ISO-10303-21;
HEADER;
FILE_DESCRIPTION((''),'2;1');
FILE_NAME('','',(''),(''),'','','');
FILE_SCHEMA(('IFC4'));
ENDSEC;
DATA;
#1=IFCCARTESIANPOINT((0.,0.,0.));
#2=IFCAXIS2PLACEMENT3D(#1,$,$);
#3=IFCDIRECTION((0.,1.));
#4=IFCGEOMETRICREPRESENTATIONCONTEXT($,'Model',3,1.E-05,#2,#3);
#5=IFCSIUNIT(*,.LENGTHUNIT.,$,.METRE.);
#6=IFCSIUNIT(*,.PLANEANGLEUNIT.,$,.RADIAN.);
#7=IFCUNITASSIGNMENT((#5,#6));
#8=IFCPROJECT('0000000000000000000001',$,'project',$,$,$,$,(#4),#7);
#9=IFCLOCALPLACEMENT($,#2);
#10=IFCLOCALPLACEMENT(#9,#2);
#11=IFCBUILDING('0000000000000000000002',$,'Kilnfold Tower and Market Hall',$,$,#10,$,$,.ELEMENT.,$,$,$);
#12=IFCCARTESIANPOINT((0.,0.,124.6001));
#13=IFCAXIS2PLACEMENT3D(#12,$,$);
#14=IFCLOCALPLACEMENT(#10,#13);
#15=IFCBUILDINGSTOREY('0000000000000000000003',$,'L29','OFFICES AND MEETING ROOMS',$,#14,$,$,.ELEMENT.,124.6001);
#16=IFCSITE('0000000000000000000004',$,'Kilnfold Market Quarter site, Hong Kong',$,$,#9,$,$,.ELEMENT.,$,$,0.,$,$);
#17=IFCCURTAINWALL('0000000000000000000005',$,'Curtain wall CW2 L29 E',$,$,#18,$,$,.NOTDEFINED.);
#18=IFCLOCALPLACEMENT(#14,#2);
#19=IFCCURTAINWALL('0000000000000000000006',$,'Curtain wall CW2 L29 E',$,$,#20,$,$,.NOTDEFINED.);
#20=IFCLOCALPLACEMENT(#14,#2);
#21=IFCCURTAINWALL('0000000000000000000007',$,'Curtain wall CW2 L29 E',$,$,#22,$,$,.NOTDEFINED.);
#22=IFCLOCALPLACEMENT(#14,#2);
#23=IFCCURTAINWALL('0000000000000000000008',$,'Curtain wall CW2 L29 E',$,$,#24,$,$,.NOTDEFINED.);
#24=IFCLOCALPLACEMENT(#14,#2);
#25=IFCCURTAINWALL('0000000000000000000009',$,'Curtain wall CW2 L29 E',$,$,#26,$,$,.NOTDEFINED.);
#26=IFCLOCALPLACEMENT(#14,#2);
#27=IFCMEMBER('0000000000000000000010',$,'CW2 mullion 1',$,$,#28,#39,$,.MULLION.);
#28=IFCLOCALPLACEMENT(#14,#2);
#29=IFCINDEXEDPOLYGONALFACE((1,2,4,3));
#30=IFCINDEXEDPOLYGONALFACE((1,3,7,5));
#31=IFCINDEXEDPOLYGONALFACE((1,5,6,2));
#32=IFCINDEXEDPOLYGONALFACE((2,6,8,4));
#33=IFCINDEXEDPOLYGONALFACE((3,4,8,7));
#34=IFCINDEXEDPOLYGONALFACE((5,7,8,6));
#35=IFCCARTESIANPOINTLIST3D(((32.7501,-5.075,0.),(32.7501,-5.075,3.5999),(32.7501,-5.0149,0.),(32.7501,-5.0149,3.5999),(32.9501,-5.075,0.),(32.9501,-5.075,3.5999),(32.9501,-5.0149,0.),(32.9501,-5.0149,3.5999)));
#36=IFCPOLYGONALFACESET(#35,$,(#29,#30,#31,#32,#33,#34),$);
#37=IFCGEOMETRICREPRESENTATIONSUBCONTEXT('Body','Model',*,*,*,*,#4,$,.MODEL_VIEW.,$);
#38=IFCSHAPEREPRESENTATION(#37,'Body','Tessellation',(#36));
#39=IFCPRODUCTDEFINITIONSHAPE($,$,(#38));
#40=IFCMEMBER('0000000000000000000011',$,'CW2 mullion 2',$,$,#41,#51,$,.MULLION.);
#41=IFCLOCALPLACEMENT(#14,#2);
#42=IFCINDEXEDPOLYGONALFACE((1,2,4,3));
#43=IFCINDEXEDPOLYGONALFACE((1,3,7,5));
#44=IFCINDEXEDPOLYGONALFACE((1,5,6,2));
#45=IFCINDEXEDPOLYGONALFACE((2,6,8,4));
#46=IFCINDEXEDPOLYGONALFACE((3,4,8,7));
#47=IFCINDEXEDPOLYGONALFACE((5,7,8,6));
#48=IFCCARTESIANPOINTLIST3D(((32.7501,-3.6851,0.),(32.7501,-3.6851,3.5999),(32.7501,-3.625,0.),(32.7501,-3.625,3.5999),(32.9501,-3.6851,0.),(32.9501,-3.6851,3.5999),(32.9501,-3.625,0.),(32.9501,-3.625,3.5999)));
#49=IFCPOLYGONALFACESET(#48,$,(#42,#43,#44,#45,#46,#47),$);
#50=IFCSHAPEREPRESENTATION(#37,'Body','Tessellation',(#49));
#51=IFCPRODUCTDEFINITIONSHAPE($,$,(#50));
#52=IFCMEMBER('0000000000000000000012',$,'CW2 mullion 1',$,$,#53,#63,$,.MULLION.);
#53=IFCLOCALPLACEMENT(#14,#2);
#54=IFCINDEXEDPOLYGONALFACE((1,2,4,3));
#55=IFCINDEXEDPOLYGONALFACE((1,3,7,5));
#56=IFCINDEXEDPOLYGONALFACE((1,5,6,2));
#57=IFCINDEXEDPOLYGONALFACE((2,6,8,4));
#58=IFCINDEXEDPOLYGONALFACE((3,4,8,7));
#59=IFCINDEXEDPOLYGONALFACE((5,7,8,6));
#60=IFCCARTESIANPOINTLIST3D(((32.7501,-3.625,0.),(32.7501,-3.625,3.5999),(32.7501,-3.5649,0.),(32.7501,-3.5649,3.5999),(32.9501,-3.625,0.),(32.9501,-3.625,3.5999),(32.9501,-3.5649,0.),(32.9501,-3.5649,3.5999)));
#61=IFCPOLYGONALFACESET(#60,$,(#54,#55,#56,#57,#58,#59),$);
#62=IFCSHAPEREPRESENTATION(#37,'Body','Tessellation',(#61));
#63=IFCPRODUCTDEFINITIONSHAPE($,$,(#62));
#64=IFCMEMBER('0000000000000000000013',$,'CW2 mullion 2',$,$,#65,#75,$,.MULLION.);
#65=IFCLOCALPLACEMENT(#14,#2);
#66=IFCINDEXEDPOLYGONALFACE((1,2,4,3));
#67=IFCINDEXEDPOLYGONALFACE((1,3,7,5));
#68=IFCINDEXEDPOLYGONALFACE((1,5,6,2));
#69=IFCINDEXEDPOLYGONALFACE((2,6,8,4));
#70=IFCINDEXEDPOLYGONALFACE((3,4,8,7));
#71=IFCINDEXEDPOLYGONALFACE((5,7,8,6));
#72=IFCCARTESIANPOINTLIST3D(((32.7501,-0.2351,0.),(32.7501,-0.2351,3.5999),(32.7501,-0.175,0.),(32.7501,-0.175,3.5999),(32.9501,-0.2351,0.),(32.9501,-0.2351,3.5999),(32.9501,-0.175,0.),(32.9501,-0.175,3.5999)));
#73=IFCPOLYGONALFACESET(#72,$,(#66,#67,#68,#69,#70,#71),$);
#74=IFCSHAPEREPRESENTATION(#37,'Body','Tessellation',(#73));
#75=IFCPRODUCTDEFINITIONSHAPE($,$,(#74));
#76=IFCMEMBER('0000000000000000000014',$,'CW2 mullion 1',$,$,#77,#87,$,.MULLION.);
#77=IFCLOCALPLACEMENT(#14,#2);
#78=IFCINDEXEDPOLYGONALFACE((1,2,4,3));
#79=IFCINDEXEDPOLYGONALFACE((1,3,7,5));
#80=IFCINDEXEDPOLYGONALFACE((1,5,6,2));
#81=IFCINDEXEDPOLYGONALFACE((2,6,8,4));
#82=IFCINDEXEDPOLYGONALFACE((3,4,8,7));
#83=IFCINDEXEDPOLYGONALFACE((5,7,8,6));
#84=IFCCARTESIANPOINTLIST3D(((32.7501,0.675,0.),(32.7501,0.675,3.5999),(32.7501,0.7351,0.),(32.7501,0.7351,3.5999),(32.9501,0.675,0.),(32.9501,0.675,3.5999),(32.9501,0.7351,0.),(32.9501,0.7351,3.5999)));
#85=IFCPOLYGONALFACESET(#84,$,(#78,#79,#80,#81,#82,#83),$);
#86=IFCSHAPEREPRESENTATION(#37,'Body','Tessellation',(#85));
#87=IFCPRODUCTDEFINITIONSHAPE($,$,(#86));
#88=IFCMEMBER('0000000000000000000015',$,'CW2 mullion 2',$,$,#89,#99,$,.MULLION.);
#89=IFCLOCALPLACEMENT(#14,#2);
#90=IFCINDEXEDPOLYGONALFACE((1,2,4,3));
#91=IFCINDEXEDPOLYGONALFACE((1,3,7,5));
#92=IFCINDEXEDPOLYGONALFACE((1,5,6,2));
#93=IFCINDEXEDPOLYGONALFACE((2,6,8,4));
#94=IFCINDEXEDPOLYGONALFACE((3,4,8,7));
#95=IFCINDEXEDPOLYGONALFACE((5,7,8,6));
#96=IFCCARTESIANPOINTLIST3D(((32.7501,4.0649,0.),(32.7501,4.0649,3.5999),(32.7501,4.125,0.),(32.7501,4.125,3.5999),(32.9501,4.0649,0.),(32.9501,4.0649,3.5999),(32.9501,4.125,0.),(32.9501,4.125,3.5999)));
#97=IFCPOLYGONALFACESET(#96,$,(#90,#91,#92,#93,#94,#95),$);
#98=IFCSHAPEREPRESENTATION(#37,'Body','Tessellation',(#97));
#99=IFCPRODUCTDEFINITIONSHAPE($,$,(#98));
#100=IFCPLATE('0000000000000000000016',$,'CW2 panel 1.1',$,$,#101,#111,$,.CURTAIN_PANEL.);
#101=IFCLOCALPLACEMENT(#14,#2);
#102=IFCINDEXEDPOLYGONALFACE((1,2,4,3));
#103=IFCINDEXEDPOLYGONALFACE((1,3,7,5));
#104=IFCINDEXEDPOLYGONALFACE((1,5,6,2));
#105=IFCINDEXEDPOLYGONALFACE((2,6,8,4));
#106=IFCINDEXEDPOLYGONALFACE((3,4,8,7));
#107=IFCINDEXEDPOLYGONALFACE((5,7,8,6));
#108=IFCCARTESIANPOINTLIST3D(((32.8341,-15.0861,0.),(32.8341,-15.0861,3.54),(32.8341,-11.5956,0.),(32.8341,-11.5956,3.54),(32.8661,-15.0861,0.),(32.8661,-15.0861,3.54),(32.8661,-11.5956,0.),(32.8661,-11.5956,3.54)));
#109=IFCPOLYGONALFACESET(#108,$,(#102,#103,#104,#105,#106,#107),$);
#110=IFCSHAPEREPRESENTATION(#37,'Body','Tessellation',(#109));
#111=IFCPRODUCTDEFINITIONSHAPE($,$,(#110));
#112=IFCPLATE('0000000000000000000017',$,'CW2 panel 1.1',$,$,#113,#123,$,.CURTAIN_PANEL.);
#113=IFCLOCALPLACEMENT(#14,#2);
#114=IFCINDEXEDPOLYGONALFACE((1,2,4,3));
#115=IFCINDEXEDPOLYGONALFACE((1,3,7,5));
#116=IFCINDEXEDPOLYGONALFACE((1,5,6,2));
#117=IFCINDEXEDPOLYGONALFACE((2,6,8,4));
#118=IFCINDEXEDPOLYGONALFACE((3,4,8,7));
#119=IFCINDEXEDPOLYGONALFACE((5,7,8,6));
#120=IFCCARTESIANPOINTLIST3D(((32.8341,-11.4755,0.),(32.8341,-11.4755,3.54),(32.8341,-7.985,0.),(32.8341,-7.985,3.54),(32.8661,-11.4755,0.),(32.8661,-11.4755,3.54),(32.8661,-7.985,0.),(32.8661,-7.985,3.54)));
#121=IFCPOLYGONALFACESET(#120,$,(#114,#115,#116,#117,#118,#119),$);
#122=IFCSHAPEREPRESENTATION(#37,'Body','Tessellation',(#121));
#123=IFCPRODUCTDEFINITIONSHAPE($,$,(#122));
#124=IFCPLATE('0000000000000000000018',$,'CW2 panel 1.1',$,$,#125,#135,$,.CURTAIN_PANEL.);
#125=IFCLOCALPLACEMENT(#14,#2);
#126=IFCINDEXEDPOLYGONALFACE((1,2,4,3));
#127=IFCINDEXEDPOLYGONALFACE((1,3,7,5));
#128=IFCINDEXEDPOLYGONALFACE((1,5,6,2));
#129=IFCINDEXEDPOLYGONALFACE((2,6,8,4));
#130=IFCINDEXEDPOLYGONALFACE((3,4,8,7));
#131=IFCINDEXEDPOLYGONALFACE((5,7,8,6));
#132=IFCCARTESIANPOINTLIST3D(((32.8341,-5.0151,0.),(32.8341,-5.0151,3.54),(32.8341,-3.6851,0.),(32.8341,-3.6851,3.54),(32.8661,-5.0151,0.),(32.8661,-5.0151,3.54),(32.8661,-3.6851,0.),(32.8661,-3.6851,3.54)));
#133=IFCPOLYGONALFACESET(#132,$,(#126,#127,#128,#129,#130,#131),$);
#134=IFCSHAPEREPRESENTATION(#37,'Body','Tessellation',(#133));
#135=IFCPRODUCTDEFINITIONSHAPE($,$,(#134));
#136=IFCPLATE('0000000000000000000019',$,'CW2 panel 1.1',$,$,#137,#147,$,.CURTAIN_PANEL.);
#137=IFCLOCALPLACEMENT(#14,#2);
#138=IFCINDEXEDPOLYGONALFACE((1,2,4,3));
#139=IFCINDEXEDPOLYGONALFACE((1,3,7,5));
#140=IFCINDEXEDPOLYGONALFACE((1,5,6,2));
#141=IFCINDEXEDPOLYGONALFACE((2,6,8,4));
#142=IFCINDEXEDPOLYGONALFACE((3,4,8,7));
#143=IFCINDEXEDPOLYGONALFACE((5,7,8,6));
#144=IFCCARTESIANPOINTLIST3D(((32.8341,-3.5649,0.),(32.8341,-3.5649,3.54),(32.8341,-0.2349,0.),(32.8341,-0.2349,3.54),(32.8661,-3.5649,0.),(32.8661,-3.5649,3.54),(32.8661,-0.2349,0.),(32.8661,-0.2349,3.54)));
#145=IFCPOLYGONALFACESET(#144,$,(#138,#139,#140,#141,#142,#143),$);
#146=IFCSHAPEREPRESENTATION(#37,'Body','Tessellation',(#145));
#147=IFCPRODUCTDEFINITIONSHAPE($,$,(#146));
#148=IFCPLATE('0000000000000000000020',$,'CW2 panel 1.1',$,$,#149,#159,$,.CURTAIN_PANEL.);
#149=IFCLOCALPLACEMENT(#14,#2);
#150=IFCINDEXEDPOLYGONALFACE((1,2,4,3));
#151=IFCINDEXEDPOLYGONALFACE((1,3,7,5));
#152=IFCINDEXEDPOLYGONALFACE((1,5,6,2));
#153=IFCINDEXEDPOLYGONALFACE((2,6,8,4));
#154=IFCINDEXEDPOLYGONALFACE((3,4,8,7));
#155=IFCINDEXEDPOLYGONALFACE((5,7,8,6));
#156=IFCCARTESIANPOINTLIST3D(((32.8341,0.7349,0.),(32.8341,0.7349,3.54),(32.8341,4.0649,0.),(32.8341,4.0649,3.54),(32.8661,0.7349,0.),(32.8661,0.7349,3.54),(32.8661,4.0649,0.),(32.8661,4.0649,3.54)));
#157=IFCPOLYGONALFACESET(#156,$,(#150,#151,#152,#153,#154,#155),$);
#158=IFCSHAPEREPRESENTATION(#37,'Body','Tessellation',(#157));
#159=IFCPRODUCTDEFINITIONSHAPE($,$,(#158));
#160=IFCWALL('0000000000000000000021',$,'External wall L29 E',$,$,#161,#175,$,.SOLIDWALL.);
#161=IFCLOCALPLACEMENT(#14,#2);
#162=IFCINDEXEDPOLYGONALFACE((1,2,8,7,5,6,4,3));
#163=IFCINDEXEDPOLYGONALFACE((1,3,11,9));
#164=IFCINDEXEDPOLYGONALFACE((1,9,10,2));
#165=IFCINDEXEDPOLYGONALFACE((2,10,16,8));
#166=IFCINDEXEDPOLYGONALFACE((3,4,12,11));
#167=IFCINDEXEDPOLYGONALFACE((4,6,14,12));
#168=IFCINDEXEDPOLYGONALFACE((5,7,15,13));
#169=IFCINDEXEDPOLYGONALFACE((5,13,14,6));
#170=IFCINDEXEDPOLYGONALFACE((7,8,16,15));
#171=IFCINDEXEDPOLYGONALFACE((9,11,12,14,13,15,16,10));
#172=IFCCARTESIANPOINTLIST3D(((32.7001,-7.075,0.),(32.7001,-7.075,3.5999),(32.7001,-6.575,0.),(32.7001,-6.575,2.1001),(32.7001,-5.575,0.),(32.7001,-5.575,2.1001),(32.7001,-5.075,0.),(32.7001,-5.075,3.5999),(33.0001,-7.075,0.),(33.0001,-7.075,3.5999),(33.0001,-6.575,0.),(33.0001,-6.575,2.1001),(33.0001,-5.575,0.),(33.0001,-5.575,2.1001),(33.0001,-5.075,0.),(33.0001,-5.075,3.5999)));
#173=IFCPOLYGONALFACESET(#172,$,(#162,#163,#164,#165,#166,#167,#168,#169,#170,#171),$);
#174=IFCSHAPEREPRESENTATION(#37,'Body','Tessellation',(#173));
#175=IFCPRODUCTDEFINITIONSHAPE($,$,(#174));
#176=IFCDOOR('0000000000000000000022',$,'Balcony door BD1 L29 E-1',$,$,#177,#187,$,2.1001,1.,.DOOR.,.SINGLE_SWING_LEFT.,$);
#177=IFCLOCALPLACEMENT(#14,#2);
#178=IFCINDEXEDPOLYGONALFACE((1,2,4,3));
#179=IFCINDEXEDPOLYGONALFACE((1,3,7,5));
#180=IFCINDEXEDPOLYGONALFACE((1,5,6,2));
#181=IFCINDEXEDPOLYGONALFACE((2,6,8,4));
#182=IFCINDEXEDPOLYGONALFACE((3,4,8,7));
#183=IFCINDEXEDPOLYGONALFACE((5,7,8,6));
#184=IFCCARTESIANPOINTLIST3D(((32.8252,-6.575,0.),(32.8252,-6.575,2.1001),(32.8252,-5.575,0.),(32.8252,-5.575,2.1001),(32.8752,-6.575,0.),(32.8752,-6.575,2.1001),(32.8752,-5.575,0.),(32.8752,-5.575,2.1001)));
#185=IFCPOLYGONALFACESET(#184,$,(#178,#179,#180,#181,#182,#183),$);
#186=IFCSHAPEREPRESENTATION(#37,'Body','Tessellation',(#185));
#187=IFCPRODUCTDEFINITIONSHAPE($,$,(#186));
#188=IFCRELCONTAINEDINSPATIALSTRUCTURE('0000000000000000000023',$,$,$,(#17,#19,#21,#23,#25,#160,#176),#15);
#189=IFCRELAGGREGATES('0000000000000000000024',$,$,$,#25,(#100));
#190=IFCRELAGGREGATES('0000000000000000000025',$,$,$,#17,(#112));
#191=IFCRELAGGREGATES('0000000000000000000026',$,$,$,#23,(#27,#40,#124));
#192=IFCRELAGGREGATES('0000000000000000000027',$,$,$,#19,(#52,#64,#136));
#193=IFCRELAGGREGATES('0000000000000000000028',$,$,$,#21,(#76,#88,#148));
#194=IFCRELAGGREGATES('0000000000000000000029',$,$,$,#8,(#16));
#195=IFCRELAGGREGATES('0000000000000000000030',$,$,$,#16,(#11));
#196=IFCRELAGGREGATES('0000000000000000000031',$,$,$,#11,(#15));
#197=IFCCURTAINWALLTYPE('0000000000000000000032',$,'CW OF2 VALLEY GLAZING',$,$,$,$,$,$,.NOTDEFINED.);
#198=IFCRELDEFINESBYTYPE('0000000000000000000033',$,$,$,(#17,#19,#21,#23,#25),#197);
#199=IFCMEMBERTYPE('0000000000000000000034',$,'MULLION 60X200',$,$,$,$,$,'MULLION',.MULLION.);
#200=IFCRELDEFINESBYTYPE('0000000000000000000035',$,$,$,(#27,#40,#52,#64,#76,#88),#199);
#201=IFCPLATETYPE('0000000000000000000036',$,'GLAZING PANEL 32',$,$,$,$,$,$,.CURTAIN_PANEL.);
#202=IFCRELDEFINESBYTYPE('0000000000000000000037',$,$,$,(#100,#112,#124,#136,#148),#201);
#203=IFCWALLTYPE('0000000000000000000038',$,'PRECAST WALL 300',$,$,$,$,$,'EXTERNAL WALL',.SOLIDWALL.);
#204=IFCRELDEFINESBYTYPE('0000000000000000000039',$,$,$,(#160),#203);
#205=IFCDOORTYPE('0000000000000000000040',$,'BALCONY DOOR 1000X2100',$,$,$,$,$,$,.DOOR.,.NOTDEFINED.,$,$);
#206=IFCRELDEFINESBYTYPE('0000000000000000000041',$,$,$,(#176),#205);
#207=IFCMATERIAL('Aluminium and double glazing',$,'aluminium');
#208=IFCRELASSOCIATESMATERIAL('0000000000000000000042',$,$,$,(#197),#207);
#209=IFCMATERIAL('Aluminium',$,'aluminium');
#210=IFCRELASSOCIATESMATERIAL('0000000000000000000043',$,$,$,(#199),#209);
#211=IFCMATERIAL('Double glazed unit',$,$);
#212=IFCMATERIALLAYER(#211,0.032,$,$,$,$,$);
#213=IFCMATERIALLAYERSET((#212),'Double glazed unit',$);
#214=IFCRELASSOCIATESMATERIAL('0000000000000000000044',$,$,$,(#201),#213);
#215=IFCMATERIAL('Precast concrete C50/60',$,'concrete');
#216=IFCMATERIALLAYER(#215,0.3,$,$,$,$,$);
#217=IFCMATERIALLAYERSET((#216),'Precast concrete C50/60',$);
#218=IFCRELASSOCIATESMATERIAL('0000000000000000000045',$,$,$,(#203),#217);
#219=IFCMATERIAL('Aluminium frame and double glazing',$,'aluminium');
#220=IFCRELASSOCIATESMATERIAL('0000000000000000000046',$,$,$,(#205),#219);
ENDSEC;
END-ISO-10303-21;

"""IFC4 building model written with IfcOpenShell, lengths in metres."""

from ifc_helpers import new_model, si_unit, direction, frame, frame_2d, origin, origin_2d, place, context, subcontext, project, spatial, rectangle, extrude, source, transform, mapped, material, layer, layer_set, material_profile, profile_set, type_object, element, fill, aggregate, save


model = new_model("IFC4")

# Units and contexts
model_context = context("Model", 3, precision=1e-05, world=origin(), true_north=direction((0.0, 1.0)))
body_context = subcontext(model_context, "Body", "Model", "MODEL_VIEW")
ifc_project = project(units=[si_unit("LENGTHUNIT", "METRE"), si_unit("PLANEANGLEUNIT", "RADIAN")], contexts=[model_context])

# Site, building, storey
site_placement = place(None, origin())
site = spatial("IfcSite", under=ifc_project, at=site_placement, Name="Kilnfold Market Quarter site, Hong Kong", CompositionType="ELEMENT", RefElevation=0.0)
building_placement = place(site_placement, origin())
building = spatial("IfcBuilding", under=site, at=building_placement, Name="Kilnfold Tower and Market Hall", CompositionType="ELEMENT")
storey_placement = place(building_placement, frame((0.0, 0.0, 124.6001)))
storey = spatial("IfcBuildingStorey", under=building, at=storey_placement, Name="L29", Description="OFFICES AND MEETING ROOMS", CompositionType="ELEMENT", Elevation=124.6001)

# Curtain walls
ifc_material_1 = material(Name="Aluminium and double glazing", Category="aluminium")
curtain_wall_type = type_object("IfcCurtainWallType", Name="CW OF2 VALLEY GLAZING", PredefinedType="NOTDEFINED", material=ifc_material_1)
curtain_wall_1_placement = place(storey_placement, origin())
curtain_wall_1 = element("IfcCurtainWall", 1, at=curtain_wall_1_placement, inside=storey, type_object=curtain_wall_type, Name="Curtain wall CW2 L29 E", PredefinedType="NOTDEFINED")
curtain_wall_2_placement = place(storey_placement, origin())
curtain_wall_2 = element("IfcCurtainWall", 2, at=curtain_wall_2_placement, inside=storey, type_object=curtain_wall_type, Name="Curtain wall CW2 L29 E", PredefinedType="NOTDEFINED")
curtain_wall_3_placement = place(storey_placement, origin())
curtain_wall_3 = element("IfcCurtainWall", 3, at=curtain_wall_3_placement, inside=storey, type_object=curtain_wall_type, Name="Curtain wall CW2 L29 E", PredefinedType="NOTDEFINED")
curtain_wall_4_placement = place(storey_placement, origin())
curtain_wall_4 = element("IfcCurtainWall", 4, at=curtain_wall_4_placement, inside=storey, type_object=curtain_wall_type, Name="Curtain wall CW2 L29 E", PredefinedType="NOTDEFINED")
curtain_wall_5_placement = place(storey_placement, origin())
curtain_wall_5 = element("IfcCurtainWall", 5, at=curtain_wall_5_placement, inside=storey, type_object=curtain_wall_type, Name="Curtain wall CW2 L29 E", PredefinedType="NOTDEFINED")
ifc_material_2 = material(Name="Aluminium", Category="aluminium")
ifc_material_profile_1 = material_profile(ifc_material_2, rectangle(XDim=0.0601, YDim=0.2, at=origin_2d()), Name="MULLION 60x200")
ifc_profile_set_1 = profile_set([ifc_material_profile_1], Name="Aluminium")
member_type_1 = type_object("IfcMemberType", Name="MULLION 60X200", ElementType="MULLION", PredefinedType="MULLION", material=ifc_profile_set_1)
shared_shape_1 = source(origin(), body_context, "Body", "SweptSolid", [
    extrude(rectangle(XDim=0.0601, YDim=0.2, at=origin_2d()), origin(), (0.0, 0.0, 1.0), 3.5999),
])

# Members
member_1_placement = place(storey_placement, frame((32.8501, -5.0449, 0.0), z_axis=(0.0, 0.0, 1.0), x_axis=(0.0, 1.0, 0.0)))
member_1 = element("IfcMember", 6, at=member_1_placement, type_object=member_type_1, Name="CW2 mullion 1", PredefinedType="MULLION", context=body_context, shape_type="MappedRepresentation", body=[
    mapped(shared_shape_1, transform((0.0, 0.0, 0.0))),
])
member_2_placement = place(storey_placement, frame((32.8501, -3.655, 0.0), z_axis=(0.0, 0.0, 1.0), x_axis=(0.0, 1.0, 0.0)))
member_2 = element("IfcMember", 7, at=member_2_placement, type_object=member_type_1, Name="CW2 mullion 2", PredefinedType="MULLION", context=body_context, shape_type="MappedRepresentation", body=[
    mapped(shared_shape_1, transform((0.0, 0.0, 0.0))),
])
member_3_placement = place(storey_placement, frame((32.8501, -3.595, 0.0), z_axis=(0.0, 0.0, 1.0), x_axis=(0.0, 1.0, 0.0)))
member_3 = element("IfcMember", 8, at=member_3_placement, type_object=member_type_1, Name="CW2 mullion 1", PredefinedType="MULLION", context=body_context, shape_type="MappedRepresentation", body=[
    mapped(shared_shape_1, transform((0.0, 0.0, 0.0))),
])
member_4_placement = place(storey_placement, frame((32.8501, -0.2051, 0.0), z_axis=(0.0, 0.0, 1.0), x_axis=(0.0, 1.0, 0.0)))
member_4 = element("IfcMember", 9, at=member_4_placement, type_object=member_type_1, Name="CW2 mullion 2", PredefinedType="MULLION", context=body_context, shape_type="MappedRepresentation", body=[
    mapped(shared_shape_1, transform((0.0, 0.0, 0.0))),
])
member_5_placement = place(storey_placement, frame((32.8501, 0.7051, 0.0), z_axis=(0.0, 0.0, 1.0), x_axis=(0.0, 1.0, 0.0)))
member_5 = element("IfcMember", 10, at=member_5_placement, type_object=member_type_1, Name="CW2 mullion 1", PredefinedType="MULLION", context=body_context, shape_type="MappedRepresentation", body=[
    mapped(shared_shape_1, transform((0.0, 0.0, 0.0))),
])
member_6_placement = place(storey_placement, frame((32.8501, 4.095, 0.0), z_axis=(0.0, 0.0, 1.0), x_axis=(0.0, 1.0, 0.0)))
member_6 = element("IfcMember", 11, at=member_6_placement, type_object=member_type_1, Name="CW2 mullion 2", PredefinedType="MULLION", context=body_context, shape_type="MappedRepresentation", body=[
    mapped(shared_shape_1, transform((0.0, 0.0, 0.0))),
])

# Plates
ifc_material_3 = material(Name="Double glazed unit")
ifc_layer_1 = layer(ifc_material_3, 0.032)
ifc_layer_set_1 = layer_set([ifc_layer_1], Name="Double glazed unit")
plate_type = type_object("IfcPlateType", Name="GLAZING PANEL 32", PredefinedType="CURTAIN_PANEL", material=ifc_layer_set_1)
shared_shape_2 = source(origin(), body_context, "Body", "SweptSolid", [
    extrude(rectangle(XDim=3.4905, YDim=0.032, at=origin_2d()), origin(), (0.0, 0.0, 1.0), 3.54),
])
plate_1_placement = place(storey_placement, frame((32.8501, -13.3408, 0.0), z_axis=(0.0, 0.0, 1.0), x_axis=(0.0, 1.0, 0.0)))
plate_1 = element("IfcPlate", 12, at=plate_1_placement, type_object=plate_type, Name="CW2 panel 1.1", PredefinedType="CURTAIN_PANEL", context=body_context, shape_type="MappedRepresentation", body=[
    mapped(shared_shape_2, transform((0.0, 0.0, 0.0))),
])
aggregate(curtain_wall_5, [plate_1])
plate_2_placement = place(storey_placement, frame((32.8501, -9.7302, 0.0), z_axis=(0.0, 0.0, 1.0), x_axis=(0.0, 1.0, 0.0)))
plate_2 = element("IfcPlate", 13, at=plate_2_placement, type_object=plate_type, Name="CW2 panel 1.1", PredefinedType="CURTAIN_PANEL", context=body_context, shape_type="MappedRepresentation", body=[
    mapped(shared_shape_2, transform((0.0, 0.0, 0.0))),
])
aggregate(curtain_wall_1, [plate_2])
shared_shape_3 = source(origin(), body_context, "Body", "SweptSolid", [
    extrude(rectangle(XDim=1.3301, YDim=0.032, at=origin_2d()), origin(), (0.0, 0.0, 1.0), 3.54),
])
plate_3_placement = place(storey_placement, frame((32.8501, -4.3501, 0.0), z_axis=(0.0, 0.0, 1.0), x_axis=(0.0, 1.0, 0.0)))
plate_3 = element("IfcPlate", 14, at=plate_3_placement, type_object=plate_type, Name="CW2 panel 1.1", PredefinedType="CURTAIN_PANEL", context=body_context, shape_type="MappedRepresentation", body=[
    mapped(shared_shape_3, transform((0.0, 0.0, 0.0))),
])
aggregate(curtain_wall_4, [member_1, member_2, plate_3])
shared_shape_4 = source(origin(), body_context, "Body", "SweptSolid", [
    extrude(rectangle(XDim=3.3301, YDim=0.032, at=origin_2d()), origin(), (0.0, 0.0, 1.0), 3.54),
])
plate_4_placement = place(storey_placement, frame((32.8501, -1.8999, 0.0), z_axis=(0.0, 0.0, 1.0), x_axis=(0.0, 1.0, 0.0)))
plate_4 = element("IfcPlate", 15, at=plate_4_placement, type_object=plate_type, Name="CW2 panel 1.1", PredefinedType="CURTAIN_PANEL", context=body_context, shape_type="MappedRepresentation", body=[
    mapped(shared_shape_4, transform((0.0, 0.0, 0.0))),
])
aggregate(curtain_wall_2, [member_3, member_4, plate_4])
plate_5_placement = place(storey_placement, frame((32.8501, 2.3999, 0.0), z_axis=(0.0, 0.0, 1.0), x_axis=(0.0, 1.0, 0.0)))
plate_5 = element("IfcPlate", 16, at=plate_5_placement, type_object=plate_type, Name="CW2 panel 1.1", PredefinedType="CURTAIN_PANEL", context=body_context, shape_type="MappedRepresentation", body=[
    mapped(shared_shape_4, transform((0.0, 0.0, 0.0))),
])
aggregate(curtain_wall_3, [member_5, member_6, plate_5])

# Wall, opening, door
ifc_material_4 = material(Name="Precast concrete C50/60", Category="concrete")
ifc_layer_2 = layer(ifc_material_4, 0.3)
ifc_layer_set_2 = layer_set([ifc_layer_2], Name="Precast concrete C50/60")
wall_type = type_object("IfcWallType", Name="PRECAST WALL 300", ElementType="EXTERNAL WALL", PredefinedType="SOLIDWALL", material=ifc_layer_set_2)
shared_shape_5 = source(origin(), body_context, "Body", "SweptSolid", [
    extrude(rectangle(XDim=2.0, YDim=0.3, at=frame_2d((1.0, 0.0))), origin(), (0.0, 0.0, 1.0), 3.5999),
])
wall_placement = place(storey_placement, frame((32.8501, -7.075, 0.0), z_axis=(0.0, 0.0, 1.0), x_axis=(0.0, 1.0, 0.0)))
wall = element("IfcWall", 17, at=wall_placement, inside=storey, type_object=wall_type, Name="External wall L29 E", PredefinedType="SOLIDWALL", context=body_context, shape_type="MappedRepresentation", body=[
    mapped(shared_shape_5, transform((0.0, 0.0, 0.0))),
])
opening_placement = place(wall_placement, frame((0.5, 0.0, 0.0)))
opening = element("IfcOpeningElement", 18, at=opening_placement, cuts=wall, PredefinedType="OPENING", context=body_context, shape_type="SweptSolid", body=[
    extrude(rectangle(XDim=1.0, YDim=2.1001, at=frame_2d((0.5, 1.05))), frame((0.0, 0.1602, 0.0), z_axis=(0.0, -1.0, 0.0), x_axis=(1.0, 0.0, 0.0)), (0.0, 0.0, 1.0), 0.3201),
])
ifc_material_5 = material(Name="Aluminium frame and double glazing", Category="aluminium")
door_type = type_object("IfcDoorType", Name="BALCONY DOOR 1000X2100", OperationType="NOTDEFINED", PredefinedType="DOOR", material=ifc_material_5)
door_placement = place(opening_placement, origin())
door = element("IfcDoor", 19, at=door_placement, inside=storey, type_object=door_type, Name="Balcony door BD1 L29 E-1", OperationType="SINGLE_SWING_LEFT", OverallHeight=2.1001, OverallWidth=1.0, PredefinedType="DOOR", context=body_context, shape_type="SweptSolid", body=[
    extrude(rectangle(XDim=1.0, YDim=2.1001, at=frame_2d((0.5, 1.05))), frame((0.0, 0.0249, 0.0), z_axis=(0.0, -1.0, 0.0), x_axis=(1.0, 0.0, 0.0)), (0.0, 0.0, 1.0), 0.05),
])
fill(opening, door)

save(model, "model.ifc")
